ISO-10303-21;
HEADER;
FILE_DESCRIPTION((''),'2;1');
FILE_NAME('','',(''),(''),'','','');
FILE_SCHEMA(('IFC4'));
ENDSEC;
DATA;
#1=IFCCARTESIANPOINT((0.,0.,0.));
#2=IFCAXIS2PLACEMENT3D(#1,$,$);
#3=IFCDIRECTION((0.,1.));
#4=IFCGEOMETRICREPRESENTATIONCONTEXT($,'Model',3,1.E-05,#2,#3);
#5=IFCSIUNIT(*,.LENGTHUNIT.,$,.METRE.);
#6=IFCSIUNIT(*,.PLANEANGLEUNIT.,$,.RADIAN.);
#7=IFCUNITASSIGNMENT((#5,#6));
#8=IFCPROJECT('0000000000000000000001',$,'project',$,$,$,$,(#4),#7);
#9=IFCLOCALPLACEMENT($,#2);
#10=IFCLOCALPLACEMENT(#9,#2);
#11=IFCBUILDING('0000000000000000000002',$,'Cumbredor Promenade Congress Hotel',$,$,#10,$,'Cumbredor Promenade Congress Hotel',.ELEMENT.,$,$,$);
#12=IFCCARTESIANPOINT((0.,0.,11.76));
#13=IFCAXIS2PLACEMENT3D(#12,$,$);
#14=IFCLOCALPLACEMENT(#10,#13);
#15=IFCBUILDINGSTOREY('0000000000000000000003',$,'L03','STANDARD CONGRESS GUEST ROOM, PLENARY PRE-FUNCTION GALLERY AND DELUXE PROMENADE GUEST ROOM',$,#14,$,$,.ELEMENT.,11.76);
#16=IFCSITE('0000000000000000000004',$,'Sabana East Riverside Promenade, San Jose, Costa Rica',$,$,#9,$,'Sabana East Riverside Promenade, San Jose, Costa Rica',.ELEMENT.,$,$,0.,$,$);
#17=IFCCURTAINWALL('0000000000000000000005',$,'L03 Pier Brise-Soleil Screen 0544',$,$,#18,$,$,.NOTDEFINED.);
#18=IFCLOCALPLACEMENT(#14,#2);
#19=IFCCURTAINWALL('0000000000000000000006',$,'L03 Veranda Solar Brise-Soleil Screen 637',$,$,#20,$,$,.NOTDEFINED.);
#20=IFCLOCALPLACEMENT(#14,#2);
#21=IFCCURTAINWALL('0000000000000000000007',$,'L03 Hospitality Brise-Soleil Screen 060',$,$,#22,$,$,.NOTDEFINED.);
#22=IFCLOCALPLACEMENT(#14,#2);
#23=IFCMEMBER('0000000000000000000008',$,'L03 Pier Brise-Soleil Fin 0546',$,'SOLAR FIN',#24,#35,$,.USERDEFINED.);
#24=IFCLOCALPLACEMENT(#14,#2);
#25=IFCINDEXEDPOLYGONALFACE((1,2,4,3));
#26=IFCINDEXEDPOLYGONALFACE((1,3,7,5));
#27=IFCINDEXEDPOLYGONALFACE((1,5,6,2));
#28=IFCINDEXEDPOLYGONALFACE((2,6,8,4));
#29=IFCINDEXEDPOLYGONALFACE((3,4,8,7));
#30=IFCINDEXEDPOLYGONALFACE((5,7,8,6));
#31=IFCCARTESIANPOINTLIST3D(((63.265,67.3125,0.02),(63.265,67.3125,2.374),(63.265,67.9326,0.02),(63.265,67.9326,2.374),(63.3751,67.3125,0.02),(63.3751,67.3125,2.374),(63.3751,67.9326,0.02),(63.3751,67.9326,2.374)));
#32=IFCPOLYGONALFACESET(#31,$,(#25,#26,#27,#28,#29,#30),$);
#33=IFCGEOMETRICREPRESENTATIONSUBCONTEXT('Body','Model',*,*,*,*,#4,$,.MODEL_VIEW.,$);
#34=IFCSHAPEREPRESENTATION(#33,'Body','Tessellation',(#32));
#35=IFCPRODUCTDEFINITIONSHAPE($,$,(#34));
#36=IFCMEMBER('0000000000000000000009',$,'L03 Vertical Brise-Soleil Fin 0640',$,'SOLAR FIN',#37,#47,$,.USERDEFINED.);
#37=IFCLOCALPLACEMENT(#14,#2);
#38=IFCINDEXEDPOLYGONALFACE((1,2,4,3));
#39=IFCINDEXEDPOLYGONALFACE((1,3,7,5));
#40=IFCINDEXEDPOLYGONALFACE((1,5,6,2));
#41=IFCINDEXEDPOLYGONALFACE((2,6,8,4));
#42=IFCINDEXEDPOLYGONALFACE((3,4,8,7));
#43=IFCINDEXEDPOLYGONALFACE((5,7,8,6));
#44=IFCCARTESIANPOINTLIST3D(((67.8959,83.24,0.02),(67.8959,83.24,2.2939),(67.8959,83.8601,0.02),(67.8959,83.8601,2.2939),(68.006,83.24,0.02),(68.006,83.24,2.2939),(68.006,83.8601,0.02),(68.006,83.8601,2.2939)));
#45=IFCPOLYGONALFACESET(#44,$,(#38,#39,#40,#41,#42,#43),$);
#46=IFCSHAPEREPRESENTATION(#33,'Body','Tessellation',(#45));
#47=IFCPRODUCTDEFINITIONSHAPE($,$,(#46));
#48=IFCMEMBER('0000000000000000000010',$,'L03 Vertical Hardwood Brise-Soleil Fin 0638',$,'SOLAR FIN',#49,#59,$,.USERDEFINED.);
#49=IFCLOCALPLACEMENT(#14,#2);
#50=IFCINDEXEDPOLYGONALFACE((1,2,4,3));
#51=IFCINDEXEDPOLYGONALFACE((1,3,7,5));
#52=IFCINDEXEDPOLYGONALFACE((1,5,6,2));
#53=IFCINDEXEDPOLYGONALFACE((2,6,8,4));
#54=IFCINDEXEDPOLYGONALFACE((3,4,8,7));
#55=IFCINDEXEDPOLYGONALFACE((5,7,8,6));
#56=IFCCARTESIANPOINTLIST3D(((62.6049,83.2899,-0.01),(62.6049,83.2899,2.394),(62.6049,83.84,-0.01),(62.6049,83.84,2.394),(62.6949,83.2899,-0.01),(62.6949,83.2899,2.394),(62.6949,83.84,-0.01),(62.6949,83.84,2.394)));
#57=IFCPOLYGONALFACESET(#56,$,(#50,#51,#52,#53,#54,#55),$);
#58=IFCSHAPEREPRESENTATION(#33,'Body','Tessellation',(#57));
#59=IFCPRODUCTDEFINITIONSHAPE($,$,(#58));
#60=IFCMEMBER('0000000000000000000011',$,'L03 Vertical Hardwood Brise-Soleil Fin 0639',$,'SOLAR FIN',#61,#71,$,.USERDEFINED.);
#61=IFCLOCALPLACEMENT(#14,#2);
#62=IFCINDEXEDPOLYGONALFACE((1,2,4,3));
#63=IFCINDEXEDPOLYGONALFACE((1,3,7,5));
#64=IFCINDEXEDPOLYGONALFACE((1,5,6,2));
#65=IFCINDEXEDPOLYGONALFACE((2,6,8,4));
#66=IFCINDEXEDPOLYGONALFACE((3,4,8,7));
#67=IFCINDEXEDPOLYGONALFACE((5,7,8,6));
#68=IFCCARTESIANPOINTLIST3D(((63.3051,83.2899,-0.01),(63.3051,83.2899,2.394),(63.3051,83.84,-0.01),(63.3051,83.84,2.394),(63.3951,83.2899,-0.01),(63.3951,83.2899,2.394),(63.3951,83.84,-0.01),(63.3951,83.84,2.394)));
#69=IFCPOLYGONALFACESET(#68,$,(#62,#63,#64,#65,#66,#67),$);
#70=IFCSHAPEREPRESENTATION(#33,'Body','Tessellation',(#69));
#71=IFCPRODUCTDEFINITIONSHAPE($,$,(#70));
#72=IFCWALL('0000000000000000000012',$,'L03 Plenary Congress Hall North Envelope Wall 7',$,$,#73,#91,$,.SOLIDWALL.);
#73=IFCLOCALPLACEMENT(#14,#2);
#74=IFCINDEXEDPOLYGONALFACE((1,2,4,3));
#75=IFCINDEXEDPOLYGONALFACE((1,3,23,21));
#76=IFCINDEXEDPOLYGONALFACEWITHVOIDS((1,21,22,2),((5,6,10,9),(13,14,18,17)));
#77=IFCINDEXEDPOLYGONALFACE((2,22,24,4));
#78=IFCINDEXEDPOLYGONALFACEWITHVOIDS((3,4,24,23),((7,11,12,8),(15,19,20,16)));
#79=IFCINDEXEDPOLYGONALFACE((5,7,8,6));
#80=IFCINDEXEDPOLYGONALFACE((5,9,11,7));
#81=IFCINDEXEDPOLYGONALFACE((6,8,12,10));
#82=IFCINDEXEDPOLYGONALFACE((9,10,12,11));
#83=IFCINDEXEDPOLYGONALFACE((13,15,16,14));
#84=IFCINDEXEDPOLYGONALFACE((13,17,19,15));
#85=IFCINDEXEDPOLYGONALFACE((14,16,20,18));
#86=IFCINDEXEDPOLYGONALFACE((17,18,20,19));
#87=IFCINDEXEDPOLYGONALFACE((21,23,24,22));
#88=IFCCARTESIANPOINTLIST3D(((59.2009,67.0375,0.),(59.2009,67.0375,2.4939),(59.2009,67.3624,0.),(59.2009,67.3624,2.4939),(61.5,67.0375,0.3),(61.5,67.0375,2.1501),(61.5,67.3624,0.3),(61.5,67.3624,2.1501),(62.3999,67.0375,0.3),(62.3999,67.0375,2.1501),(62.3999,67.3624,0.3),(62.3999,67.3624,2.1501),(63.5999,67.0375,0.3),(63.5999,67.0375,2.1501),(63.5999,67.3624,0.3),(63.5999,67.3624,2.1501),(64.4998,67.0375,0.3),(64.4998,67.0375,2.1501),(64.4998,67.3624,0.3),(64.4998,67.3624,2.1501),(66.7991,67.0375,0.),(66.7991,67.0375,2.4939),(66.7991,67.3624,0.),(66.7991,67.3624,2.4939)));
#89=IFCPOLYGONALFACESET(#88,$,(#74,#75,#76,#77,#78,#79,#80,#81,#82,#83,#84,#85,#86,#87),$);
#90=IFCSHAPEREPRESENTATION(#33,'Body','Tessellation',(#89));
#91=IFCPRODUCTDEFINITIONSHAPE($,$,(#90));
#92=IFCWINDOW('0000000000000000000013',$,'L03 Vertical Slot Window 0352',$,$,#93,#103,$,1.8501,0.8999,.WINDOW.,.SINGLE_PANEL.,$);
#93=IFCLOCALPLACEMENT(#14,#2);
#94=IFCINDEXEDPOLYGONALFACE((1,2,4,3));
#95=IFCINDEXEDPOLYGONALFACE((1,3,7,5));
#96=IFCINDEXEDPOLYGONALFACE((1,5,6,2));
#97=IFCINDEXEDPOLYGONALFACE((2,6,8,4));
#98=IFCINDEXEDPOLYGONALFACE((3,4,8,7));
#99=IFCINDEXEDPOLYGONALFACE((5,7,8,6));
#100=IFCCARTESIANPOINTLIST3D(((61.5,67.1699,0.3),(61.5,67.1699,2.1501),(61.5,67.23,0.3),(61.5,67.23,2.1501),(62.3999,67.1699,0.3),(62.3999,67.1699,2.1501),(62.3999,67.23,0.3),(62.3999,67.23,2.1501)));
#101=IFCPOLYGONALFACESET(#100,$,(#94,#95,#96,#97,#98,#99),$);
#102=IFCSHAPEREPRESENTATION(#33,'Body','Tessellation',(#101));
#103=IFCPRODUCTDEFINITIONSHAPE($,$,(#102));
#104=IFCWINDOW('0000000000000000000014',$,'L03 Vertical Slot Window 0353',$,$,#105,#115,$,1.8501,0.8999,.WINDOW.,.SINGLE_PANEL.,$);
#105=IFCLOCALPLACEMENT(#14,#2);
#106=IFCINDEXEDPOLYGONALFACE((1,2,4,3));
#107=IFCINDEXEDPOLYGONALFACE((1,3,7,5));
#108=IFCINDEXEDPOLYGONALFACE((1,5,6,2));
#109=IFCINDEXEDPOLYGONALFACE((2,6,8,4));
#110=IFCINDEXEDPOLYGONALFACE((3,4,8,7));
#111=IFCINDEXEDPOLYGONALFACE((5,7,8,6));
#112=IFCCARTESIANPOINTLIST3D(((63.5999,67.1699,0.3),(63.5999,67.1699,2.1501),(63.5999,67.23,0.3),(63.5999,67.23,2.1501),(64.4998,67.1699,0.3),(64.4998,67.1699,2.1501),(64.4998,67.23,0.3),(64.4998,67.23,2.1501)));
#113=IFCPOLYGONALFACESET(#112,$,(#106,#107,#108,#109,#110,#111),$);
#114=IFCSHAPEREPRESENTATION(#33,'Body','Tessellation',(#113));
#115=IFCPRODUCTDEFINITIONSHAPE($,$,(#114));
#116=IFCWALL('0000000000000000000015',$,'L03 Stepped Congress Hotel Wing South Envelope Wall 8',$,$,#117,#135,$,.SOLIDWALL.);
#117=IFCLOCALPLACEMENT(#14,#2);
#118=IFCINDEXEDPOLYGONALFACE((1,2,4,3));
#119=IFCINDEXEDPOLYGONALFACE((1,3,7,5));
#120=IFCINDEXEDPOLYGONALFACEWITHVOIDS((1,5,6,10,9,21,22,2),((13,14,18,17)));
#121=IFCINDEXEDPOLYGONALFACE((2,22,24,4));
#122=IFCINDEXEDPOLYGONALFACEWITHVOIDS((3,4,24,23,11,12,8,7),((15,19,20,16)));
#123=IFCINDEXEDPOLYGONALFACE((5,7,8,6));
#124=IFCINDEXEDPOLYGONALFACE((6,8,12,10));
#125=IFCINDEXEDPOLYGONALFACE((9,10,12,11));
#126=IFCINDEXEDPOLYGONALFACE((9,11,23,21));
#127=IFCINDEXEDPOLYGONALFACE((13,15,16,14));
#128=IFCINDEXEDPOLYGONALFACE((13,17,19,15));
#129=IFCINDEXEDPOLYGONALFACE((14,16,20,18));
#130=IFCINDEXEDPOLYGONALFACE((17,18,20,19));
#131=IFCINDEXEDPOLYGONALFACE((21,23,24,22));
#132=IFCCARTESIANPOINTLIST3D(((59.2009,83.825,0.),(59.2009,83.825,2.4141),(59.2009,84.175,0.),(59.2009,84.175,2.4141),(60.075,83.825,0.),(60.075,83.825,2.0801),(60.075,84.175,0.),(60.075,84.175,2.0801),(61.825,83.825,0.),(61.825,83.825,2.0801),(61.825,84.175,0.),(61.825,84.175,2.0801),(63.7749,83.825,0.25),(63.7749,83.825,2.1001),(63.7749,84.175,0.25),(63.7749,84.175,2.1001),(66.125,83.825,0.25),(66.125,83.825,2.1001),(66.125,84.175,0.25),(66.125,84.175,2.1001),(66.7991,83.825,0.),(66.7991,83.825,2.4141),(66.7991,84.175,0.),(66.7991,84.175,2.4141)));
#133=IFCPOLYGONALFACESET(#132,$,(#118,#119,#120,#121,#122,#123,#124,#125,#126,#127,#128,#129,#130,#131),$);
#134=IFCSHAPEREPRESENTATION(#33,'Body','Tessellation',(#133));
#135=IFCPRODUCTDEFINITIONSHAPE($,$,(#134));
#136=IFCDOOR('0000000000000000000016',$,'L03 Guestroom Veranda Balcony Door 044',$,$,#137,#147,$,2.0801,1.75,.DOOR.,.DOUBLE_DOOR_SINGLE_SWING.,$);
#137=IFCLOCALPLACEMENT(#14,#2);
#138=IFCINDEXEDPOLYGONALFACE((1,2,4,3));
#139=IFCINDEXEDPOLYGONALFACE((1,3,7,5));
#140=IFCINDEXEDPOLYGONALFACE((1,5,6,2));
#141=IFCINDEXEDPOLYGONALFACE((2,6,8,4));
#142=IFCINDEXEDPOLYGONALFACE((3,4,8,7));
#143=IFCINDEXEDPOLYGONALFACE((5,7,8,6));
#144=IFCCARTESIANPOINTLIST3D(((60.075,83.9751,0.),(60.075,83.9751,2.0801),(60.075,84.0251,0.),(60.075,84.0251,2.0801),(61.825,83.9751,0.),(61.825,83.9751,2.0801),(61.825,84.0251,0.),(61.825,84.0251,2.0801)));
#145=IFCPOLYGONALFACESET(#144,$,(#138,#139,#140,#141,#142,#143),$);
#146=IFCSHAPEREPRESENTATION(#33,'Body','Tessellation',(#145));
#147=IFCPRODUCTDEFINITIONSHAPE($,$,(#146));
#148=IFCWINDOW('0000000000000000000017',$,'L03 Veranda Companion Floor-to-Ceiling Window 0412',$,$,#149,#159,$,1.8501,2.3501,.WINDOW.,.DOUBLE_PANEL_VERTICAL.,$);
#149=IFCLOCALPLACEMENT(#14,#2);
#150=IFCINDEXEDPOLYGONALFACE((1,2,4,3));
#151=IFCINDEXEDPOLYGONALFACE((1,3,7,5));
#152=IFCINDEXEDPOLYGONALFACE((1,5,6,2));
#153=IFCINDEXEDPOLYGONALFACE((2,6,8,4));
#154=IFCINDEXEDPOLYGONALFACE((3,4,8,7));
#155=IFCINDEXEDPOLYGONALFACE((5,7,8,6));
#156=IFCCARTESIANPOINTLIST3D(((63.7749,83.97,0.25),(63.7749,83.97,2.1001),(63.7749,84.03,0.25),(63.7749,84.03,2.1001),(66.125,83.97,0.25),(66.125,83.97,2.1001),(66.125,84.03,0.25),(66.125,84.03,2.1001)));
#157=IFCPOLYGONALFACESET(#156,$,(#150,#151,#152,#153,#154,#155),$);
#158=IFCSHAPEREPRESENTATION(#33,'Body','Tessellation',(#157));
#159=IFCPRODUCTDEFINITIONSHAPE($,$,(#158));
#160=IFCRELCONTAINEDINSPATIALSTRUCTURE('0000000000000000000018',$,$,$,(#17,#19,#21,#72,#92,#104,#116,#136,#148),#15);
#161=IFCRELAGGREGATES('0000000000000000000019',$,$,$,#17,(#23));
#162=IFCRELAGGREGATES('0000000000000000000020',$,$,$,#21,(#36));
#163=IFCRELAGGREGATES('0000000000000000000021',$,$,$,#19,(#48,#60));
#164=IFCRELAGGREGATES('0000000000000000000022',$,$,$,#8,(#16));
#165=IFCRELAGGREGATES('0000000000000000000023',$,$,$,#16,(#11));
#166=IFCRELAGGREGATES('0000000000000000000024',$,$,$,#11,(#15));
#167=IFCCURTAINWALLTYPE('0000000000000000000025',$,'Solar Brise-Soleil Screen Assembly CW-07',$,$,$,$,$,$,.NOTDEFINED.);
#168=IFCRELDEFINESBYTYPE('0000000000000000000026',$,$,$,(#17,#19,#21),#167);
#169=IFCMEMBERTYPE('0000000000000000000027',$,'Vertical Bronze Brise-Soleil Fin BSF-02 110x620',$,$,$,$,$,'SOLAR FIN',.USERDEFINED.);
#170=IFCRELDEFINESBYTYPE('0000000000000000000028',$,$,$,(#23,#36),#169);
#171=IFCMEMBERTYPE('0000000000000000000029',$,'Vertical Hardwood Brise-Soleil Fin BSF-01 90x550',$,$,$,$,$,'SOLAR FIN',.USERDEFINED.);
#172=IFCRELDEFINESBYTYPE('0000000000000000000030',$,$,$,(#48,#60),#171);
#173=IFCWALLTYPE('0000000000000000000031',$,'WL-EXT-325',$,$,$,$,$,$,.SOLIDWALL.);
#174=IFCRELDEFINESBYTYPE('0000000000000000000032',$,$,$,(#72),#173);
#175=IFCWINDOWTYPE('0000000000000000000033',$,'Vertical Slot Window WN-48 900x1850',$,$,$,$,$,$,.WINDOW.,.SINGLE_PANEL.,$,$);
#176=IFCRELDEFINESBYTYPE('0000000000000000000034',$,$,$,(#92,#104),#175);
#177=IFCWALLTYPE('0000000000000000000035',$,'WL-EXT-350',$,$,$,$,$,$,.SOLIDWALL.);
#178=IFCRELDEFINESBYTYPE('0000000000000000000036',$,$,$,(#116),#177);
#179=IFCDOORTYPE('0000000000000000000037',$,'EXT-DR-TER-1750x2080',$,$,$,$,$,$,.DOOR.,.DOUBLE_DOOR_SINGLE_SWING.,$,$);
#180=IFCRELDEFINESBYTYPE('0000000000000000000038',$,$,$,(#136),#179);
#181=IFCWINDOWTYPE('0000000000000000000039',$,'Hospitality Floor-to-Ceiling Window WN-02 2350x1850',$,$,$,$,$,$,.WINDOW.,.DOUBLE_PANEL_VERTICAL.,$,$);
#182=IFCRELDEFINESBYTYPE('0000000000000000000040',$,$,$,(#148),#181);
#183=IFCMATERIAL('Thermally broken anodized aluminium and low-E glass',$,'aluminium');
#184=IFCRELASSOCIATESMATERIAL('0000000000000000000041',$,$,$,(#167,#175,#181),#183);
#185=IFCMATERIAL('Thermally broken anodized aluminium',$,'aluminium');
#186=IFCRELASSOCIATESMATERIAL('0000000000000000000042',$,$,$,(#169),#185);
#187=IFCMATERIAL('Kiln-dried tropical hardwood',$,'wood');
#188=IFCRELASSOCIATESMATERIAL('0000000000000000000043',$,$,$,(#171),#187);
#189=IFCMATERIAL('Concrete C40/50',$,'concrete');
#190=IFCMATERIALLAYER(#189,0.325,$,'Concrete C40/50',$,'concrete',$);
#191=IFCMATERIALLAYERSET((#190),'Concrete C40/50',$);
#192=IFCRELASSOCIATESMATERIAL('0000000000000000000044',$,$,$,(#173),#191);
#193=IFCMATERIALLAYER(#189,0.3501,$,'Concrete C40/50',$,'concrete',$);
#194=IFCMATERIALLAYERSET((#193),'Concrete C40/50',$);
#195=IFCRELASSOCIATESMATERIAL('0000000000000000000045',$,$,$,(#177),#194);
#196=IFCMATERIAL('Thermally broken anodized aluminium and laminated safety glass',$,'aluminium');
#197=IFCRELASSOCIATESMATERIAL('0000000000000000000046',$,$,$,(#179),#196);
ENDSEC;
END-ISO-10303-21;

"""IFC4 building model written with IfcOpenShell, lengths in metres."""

from ifc_helpers import new_model, si_unit, direction, frame, frame_2d, origin, origin_2d, place, context, subcontext, project, spatial, rectangle, extrude, material, layer, layer_set, material_profile, profile_set, type_object, element, fill, aggregate, save


model = new_model("IFC4")

# Units and contexts
model_context = context("Model", 3, precision=1e-05, world=origin(), true_north=direction((0.0, 1.0)))
body_context = subcontext(model_context, "Body", "Model", "MODEL_VIEW")
ifc_project = project(units=[si_unit("LENGTHUNIT", "METRE"), si_unit("PLANEANGLEUNIT", "RADIAN")], contexts=[model_context])

# Site, building, storey
site_placement = place(None, origin())
site = spatial("IfcSite", under=ifc_project, at=site_placement, Name="Sabana East Riverside Promenade, San Jose, Costa Rica", LongName="Sabana East Riverside Promenade, San Jose, Costa Rica", CompositionType="ELEMENT", RefElevation=0.0)
building_placement = place(site_placement, origin())
building = spatial("IfcBuilding", under=site, at=building_placement, Name="Cumbredor Promenade Congress Hotel", LongName="Cumbredor Promenade Congress Hotel", CompositionType="ELEMENT")
storey_placement = place(building_placement, frame((0.0, 0.0, 11.76)))
storey = spatial("IfcBuildingStorey", under=building, at=storey_placement, Name="L03", Description="STANDARD CONGRESS GUEST ROOM, PLENARY PRE-FUNCTION GALLERY AND DELUXE PROMENADE GUEST ROOM", CompositionType="ELEMENT", Elevation=11.76)

# Curtain walls
ifc_material_1 = material(Name="Thermally broken anodized aluminium and low-E glass", Category="aluminium")
curtain_wall_type = type_object("IfcCurtainWallType", Name="Solar Brise-Soleil Screen Assembly CW-07", PredefinedType="NOTDEFINED", material=ifc_material_1)
curtain_wall_1_placement = place(storey_placement, origin())
curtain_wall_1 = element("IfcCurtainWall", 1, at=curtain_wall_1_placement, inside=storey, type_object=curtain_wall_type, Name="L03 Pier Brise-Soleil Screen 0544", PredefinedType="NOTDEFINED")
ifc_material_2 = material(Name="Thermally broken anodized aluminium", Category="aluminium")
curtain_wall_2_placement = place(storey_placement, origin())
curtain_wall_2 = element("IfcCurtainWall", 2, at=curtain_wall_2_placement, inside=storey, type_object=curtain_wall_type, Name="L03 Veranda Solar Brise-Soleil Screen 637", PredefinedType="NOTDEFINED")
curtain_wall_3_placement = place(storey_placement, origin())
curtain_wall_3 = element("IfcCurtainWall", 3, at=curtain_wall_3_placement, inside=storey, type_object=curtain_wall_type, Name="L03 Hospitality Brise-Soleil Screen 060", PredefinedType="NOTDEFINED")

# Members
ifc_material_profile_1 = material_profile(ifc_material_2, rectangle(XDim=0.1101, YDim=0.6201, at=origin_2d()), Name="ARCH FIN 110x620")
ifc_profile_set_1 = profile_set([ifc_material_profile_1], Name="Thermally broken anodized aluminium")
member_type_1 = type_object("IfcMemberType", Name="Vertical Bronze Brise-Soleil Fin BSF-02 110x620", ElementType="SOLAR FIN", PredefinedType="USERDEFINED", material=ifc_profile_set_1)
member_1_placement = place(storey_placement, frame((63.3201, 67.6226, 0.02), z_axis=(0.0, 0.0, 1.0), x_axis=(1.0, 0.0, 0.0)))
member_1 = element("IfcMember", 4, at=member_1_placement, type_object=member_type_1, Name="L03 Pier Brise-Soleil Fin 0546", ObjectType="SOLAR FIN", PredefinedType="USERDEFINED", context=body_context, shape_type="SweptSolid", body=[
    extrude(rectangle(XDim=0.1101, YDim=0.6201, at=origin_2d()), origin(), (0.0, 0.0, 1.0), 2.354),
])
aggregate(curtain_wall_1, [member_1])
member_2_placement = place(storey_placement, frame((67.9509, 83.55, 0.02), z_axis=(0.0, 0.0, 1.0), x_axis=(1.0, 0.0, 0.0)))
member_2 = element("IfcMember", 5, at=member_2_placement, type_object=member_type_1, Name="L03 Vertical Brise-Soleil Fin 0640", ObjectType="SOLAR FIN", PredefinedType="USERDEFINED", context=body_context, shape_type="SweptSolid", body=[
    extrude(rectangle(XDim=0.1101, YDim=0.6201, at=origin_2d()), origin(), (0.0, 0.0, 1.0), 2.2739),
])
aggregate(curtain_wall_3, [member_2])
ifc_material_3 = material(Name="Kiln-dried tropical hardwood", Category="wood")
ifc_material_profile_2 = material_profile(ifc_material_3, rectangle(XDim=0.0901, YDim=0.55, at=origin_2d()), Name="ARCH FIN 90x550")
ifc_profile_set_2 = profile_set([ifc_material_profile_2], Name="Kiln-dried tropical hardwood")
member_type_2 = type_object("IfcMemberType", Name="Vertical Hardwood Brise-Soleil Fin BSF-01 90x550", ElementType="SOLAR FIN", PredefinedType="USERDEFINED", material=ifc_profile_set_2)
member_3_placement = place(storey_placement, frame((62.6499, 83.5649, -0.01), z_axis=(0.0, 0.0, 1.0), x_axis=(1.0, 0.0, 0.0)))
member_3 = element("IfcMember", 6, at=member_3_placement, type_object=member_type_2, Name="L03 Vertical Hardwood Brise-Soleil Fin 0638", ObjectType="SOLAR FIN", PredefinedType="USERDEFINED", context=body_context, shape_type="SweptSolid", body=[
    extrude(rectangle(XDim=0.0901, YDim=0.55, at=origin_2d()), origin(), (0.0, 0.0, 1.0), 2.4041),
])
member_4_placement = place(storey_placement, frame((63.3501, 83.5649, -0.01), z_axis=(0.0, 0.0, 1.0), x_axis=(1.0, 0.0, 0.0)))
member_4 = element("IfcMember", 7, at=member_4_placement, type_object=member_type_2, Name="L03 Vertical Hardwood Brise-Soleil Fin 0639", ObjectType="SOLAR FIN", PredefinedType="USERDEFINED", context=body_context, shape_type="SweptSolid", body=[
    extrude(rectangle(XDim=0.0901, YDim=0.55, at=origin_2d()), origin(), (0.0, 0.0, 1.0), 2.4041),
])
aggregate(curtain_wall_2, [member_3, member_4])

# Wall, openings, windows
ifc_material_4 = material(Name="Concrete C40/50", Category="concrete")
ifc_layer_1 = layer(ifc_material_4, 0.325, Name="Concrete C40/50", Category="concrete")
ifc_layer_set_1 = layer_set([ifc_layer_1], Name="Concrete C40/50")
wall_type_1 = type_object("IfcWallType", Name="WL-EXT-325", PredefinedType="SOLIDWALL", material=ifc_layer_set_1)
wall_1_placement = place(storey_placement, frame((59.2009, 67.2, 0.0), z_axis=(0.0, 0.0, 1.0), x_axis=(1.0, 0.0, 0.0)))
wall_1 = element("IfcWall", 8, at=wall_1_placement, inside=storey, type_object=wall_type_1, Name="L03 Plenary Congress Hall North Envelope Wall 7", PredefinedType="SOLIDWALL", context=body_context, shape_type="SweptSolid", body=[
    extrude(rectangle(XDim=7.5981, YDim=0.325, at=frame_2d((3.7991, 0.0))), origin(), (0.0, 0.0, 1.0), 2.4939),
])
opening_1_placement = place(wall_1_placement, frame((2.2991, 0.0, 0.3)))
opening_1 = element("IfcOpeningElement", 9, at=opening_1_placement, cuts=wall_1, PredefinedType="OPENING", context=body_context, shape_type="SweptSolid", body=[
    extrude(rectangle(XDim=0.8999, YDim=1.8501, at=frame_2d((0.45, 0.925))), frame((0.0, 0.1724, 0.0), z_axis=(0.0, -1.0, 0.0), x_axis=(1.0, 0.0, 0.0)), (0.0, 0.0, 1.0), 0.345),
])
opening_2_placement = place(wall_1_placement, frame((4.3989, 0.0, 0.3)))
opening_2 = element("IfcOpeningElement", 10, at=opening_2_placement, cuts=wall_1, PredefinedType="OPENING", context=body_context, shape_type="SweptSolid", body=[
    extrude(rectangle(XDim=0.8999, YDim=1.8501, at=frame_2d((0.45, 0.925))), frame((0.0, 0.1724, 0.0), z_axis=(0.0, -1.0, 0.0), x_axis=(1.0, 0.0, 0.0)), (0.0, 0.0, 1.0), 0.345),
])
window_type_1 = type_object("IfcWindowType", Name="Vertical Slot Window WN-48 900x1850", PartitioningType="SINGLE_PANEL", PredefinedType="WINDOW", material=ifc_material_1)
window_1_placement = place(opening_1_placement, origin())
window_1 = element("IfcWindow", 11, at=window_1_placement, inside=storey, type_object=window_type_1, Name="L03 Vertical Slot Window 0352", OverallHeight=1.8501, OverallWidth=0.8999, PartitioningType="SINGLE_PANEL", PredefinedType="WINDOW", context=body_context, shape_type="SweptSolid", body=[
    extrude(rectangle(XDim=0.8999, YDim=1.8501, at=frame_2d((0.45, 0.925))), frame((0.0, 0.03, 0.0), z_axis=(0.0, -1.0, 0.0), x_axis=(1.0, 0.0, 0.0)), (0.0, 0.0, 1.0), 0.0601),
])
fill(opening_1, window_1)
window_2_placement = place(opening_2_placement, origin())
window_2 = element("IfcWindow", 12, at=window_2_placement, inside=storey, type_object=window_type_1, Name="L03 Vertical Slot Window 0353", OverallHeight=1.8501, OverallWidth=0.8999, PartitioningType="SINGLE_PANEL", PredefinedType="WINDOW", context=body_context, shape_type="SweptSolid", body=[
    extrude(rectangle(XDim=0.8999, YDim=1.8501, at=frame_2d((0.45, 0.925))), frame((0.0, 0.03, 0.0), z_axis=(0.0, -1.0, 0.0), x_axis=(1.0, 0.0, 0.0)), (0.0, 0.0, 1.0), 0.0601),
])
fill(opening_2, window_2)

# Wall, openings, door, window
ifc_layer_2 = layer(ifc_material_4, 0.3501, Name="Concrete C40/50", Category="concrete")
ifc_layer_set_2 = layer_set([ifc_layer_2], Name="Concrete C40/50")
wall_type_2 = type_object("IfcWallType", Name="WL-EXT-350", PredefinedType="SOLIDWALL", material=ifc_layer_set_2)
wall_2_placement = place(storey_placement, frame((59.2009, 84.0, 0.0), z_axis=(0.0, 0.0, 1.0), x_axis=(1.0, 0.0, 0.0)))
wall_2 = element("IfcWall", 13, at=wall_2_placement, inside=storey, type_object=wall_type_2, Name="L03 Stepped Congress Hotel Wing South Envelope Wall 8", PredefinedType="SOLIDWALL", context=body_context, shape_type="SweptSolid", body=[
    extrude(rectangle(XDim=7.5981, YDim=0.3501, at=frame_2d((3.7991, 0.0))), origin(), (0.0, 0.0, 1.0), 2.4141),
])
opening_3_placement = place(wall_2_placement, frame((0.874, 0.0, 0.0)))
opening_3 = element("IfcOpeningElement", 14, at=opening_3_placement, cuts=wall_2, PredefinedType="OPENING", context=body_context, shape_type="SweptSolid", body=[
    extrude(rectangle(XDim=1.75, YDim=2.0801, at=frame_2d((0.875, 1.04))), frame((0.0, 0.1851, 0.0), z_axis=(0.0, -1.0, 0.0), x_axis=(1.0, 0.0, 0.0)), (0.0, 0.0, 1.0), 0.3701),
])
opening_4_placement = place(wall_2_placement, frame((4.574, 0.0, 0.25)))
opening_4 = element("IfcOpeningElement", 15, at=opening_4_placement, cuts=wall_2, PredefinedType="OPENING", context=body_context, shape_type="SweptSolid", body=[
    extrude(rectangle(XDim=2.3501, YDim=1.8501, at=frame_2d((1.175, 0.925))), frame((0.0, 0.1851, 0.0), z_axis=(0.0, -1.0, 0.0), x_axis=(1.0, 0.0, 0.0)), (0.0, 0.0, 1.0), 0.3701),
])
ifc_material_5 = material(Name="Thermally broken anodized aluminium and laminated safety glass", Category="aluminium")
door_type = type_object("IfcDoorType", Name="EXT-DR-TER-1750x2080", OperationType="DOUBLE_DOOR_SINGLE_SWING", PredefinedType="DOOR", material=ifc_material_5)
door_placement = place(opening_3_placement, frame((1.75, 0.0, 0.0), z_axis=(0.0, 0.0, 1.0), x_axis=(-1.0, 0.0, 0.0)))
door = element("IfcDoor", 16, at=door_placement, inside=storey, type_object=door_type, Name="L03 Guestroom Veranda Balcony Door 044", OperationType="DOUBLE_DOOR_SINGLE_SWING", OverallHeight=2.0801, OverallWidth=1.75, PredefinedType="DOOR", context=body_context, shape_type="SweptSolid", body=[
    extrude(rectangle(XDim=1.75, YDim=2.0801, at=frame_2d((0.875, 1.04))), frame((0.0, 0.0249, 0.0), z_axis=(0.0, -1.0, 0.0), x_axis=(1.0, 0.0, 0.0)), (0.0, 0.0, 1.0), 0.05),
])
fill(opening_3, door)
window_type_2 = type_object("IfcWindowType", Name="Hospitality Floor-to-Ceiling Window WN-02 2350x1850", PartitioningType="DOUBLE_PANEL_VERTICAL", PredefinedType="WINDOW", material=ifc_material_1)
window_3_placement = place(opening_4_placement, origin())
window_3 = element("IfcWindow", 17, at=window_3_placement, inside=storey, type_object=window_type_2, Name="L03 Veranda Companion Floor-to-Ceiling Window 0412", OverallHeight=1.8501, OverallWidth=2.3501, PartitioningType="DOUBLE_PANEL_VERTICAL", PredefinedType="WINDOW", context=body_context, shape_type="SweptSolid", body=[
    extrude(rectangle(XDim=2.3501, YDim=1.8501, at=frame_2d((1.175, 0.925))), frame((0.0, 0.03, 0.0), z_axis=(0.0, -1.0, 0.0), x_axis=(1.0, 0.0, 0.0)), (0.0, 0.0, 1.0), 0.0601),
])
fill(opening_4, window_3)

save(model, "model.ifc")
